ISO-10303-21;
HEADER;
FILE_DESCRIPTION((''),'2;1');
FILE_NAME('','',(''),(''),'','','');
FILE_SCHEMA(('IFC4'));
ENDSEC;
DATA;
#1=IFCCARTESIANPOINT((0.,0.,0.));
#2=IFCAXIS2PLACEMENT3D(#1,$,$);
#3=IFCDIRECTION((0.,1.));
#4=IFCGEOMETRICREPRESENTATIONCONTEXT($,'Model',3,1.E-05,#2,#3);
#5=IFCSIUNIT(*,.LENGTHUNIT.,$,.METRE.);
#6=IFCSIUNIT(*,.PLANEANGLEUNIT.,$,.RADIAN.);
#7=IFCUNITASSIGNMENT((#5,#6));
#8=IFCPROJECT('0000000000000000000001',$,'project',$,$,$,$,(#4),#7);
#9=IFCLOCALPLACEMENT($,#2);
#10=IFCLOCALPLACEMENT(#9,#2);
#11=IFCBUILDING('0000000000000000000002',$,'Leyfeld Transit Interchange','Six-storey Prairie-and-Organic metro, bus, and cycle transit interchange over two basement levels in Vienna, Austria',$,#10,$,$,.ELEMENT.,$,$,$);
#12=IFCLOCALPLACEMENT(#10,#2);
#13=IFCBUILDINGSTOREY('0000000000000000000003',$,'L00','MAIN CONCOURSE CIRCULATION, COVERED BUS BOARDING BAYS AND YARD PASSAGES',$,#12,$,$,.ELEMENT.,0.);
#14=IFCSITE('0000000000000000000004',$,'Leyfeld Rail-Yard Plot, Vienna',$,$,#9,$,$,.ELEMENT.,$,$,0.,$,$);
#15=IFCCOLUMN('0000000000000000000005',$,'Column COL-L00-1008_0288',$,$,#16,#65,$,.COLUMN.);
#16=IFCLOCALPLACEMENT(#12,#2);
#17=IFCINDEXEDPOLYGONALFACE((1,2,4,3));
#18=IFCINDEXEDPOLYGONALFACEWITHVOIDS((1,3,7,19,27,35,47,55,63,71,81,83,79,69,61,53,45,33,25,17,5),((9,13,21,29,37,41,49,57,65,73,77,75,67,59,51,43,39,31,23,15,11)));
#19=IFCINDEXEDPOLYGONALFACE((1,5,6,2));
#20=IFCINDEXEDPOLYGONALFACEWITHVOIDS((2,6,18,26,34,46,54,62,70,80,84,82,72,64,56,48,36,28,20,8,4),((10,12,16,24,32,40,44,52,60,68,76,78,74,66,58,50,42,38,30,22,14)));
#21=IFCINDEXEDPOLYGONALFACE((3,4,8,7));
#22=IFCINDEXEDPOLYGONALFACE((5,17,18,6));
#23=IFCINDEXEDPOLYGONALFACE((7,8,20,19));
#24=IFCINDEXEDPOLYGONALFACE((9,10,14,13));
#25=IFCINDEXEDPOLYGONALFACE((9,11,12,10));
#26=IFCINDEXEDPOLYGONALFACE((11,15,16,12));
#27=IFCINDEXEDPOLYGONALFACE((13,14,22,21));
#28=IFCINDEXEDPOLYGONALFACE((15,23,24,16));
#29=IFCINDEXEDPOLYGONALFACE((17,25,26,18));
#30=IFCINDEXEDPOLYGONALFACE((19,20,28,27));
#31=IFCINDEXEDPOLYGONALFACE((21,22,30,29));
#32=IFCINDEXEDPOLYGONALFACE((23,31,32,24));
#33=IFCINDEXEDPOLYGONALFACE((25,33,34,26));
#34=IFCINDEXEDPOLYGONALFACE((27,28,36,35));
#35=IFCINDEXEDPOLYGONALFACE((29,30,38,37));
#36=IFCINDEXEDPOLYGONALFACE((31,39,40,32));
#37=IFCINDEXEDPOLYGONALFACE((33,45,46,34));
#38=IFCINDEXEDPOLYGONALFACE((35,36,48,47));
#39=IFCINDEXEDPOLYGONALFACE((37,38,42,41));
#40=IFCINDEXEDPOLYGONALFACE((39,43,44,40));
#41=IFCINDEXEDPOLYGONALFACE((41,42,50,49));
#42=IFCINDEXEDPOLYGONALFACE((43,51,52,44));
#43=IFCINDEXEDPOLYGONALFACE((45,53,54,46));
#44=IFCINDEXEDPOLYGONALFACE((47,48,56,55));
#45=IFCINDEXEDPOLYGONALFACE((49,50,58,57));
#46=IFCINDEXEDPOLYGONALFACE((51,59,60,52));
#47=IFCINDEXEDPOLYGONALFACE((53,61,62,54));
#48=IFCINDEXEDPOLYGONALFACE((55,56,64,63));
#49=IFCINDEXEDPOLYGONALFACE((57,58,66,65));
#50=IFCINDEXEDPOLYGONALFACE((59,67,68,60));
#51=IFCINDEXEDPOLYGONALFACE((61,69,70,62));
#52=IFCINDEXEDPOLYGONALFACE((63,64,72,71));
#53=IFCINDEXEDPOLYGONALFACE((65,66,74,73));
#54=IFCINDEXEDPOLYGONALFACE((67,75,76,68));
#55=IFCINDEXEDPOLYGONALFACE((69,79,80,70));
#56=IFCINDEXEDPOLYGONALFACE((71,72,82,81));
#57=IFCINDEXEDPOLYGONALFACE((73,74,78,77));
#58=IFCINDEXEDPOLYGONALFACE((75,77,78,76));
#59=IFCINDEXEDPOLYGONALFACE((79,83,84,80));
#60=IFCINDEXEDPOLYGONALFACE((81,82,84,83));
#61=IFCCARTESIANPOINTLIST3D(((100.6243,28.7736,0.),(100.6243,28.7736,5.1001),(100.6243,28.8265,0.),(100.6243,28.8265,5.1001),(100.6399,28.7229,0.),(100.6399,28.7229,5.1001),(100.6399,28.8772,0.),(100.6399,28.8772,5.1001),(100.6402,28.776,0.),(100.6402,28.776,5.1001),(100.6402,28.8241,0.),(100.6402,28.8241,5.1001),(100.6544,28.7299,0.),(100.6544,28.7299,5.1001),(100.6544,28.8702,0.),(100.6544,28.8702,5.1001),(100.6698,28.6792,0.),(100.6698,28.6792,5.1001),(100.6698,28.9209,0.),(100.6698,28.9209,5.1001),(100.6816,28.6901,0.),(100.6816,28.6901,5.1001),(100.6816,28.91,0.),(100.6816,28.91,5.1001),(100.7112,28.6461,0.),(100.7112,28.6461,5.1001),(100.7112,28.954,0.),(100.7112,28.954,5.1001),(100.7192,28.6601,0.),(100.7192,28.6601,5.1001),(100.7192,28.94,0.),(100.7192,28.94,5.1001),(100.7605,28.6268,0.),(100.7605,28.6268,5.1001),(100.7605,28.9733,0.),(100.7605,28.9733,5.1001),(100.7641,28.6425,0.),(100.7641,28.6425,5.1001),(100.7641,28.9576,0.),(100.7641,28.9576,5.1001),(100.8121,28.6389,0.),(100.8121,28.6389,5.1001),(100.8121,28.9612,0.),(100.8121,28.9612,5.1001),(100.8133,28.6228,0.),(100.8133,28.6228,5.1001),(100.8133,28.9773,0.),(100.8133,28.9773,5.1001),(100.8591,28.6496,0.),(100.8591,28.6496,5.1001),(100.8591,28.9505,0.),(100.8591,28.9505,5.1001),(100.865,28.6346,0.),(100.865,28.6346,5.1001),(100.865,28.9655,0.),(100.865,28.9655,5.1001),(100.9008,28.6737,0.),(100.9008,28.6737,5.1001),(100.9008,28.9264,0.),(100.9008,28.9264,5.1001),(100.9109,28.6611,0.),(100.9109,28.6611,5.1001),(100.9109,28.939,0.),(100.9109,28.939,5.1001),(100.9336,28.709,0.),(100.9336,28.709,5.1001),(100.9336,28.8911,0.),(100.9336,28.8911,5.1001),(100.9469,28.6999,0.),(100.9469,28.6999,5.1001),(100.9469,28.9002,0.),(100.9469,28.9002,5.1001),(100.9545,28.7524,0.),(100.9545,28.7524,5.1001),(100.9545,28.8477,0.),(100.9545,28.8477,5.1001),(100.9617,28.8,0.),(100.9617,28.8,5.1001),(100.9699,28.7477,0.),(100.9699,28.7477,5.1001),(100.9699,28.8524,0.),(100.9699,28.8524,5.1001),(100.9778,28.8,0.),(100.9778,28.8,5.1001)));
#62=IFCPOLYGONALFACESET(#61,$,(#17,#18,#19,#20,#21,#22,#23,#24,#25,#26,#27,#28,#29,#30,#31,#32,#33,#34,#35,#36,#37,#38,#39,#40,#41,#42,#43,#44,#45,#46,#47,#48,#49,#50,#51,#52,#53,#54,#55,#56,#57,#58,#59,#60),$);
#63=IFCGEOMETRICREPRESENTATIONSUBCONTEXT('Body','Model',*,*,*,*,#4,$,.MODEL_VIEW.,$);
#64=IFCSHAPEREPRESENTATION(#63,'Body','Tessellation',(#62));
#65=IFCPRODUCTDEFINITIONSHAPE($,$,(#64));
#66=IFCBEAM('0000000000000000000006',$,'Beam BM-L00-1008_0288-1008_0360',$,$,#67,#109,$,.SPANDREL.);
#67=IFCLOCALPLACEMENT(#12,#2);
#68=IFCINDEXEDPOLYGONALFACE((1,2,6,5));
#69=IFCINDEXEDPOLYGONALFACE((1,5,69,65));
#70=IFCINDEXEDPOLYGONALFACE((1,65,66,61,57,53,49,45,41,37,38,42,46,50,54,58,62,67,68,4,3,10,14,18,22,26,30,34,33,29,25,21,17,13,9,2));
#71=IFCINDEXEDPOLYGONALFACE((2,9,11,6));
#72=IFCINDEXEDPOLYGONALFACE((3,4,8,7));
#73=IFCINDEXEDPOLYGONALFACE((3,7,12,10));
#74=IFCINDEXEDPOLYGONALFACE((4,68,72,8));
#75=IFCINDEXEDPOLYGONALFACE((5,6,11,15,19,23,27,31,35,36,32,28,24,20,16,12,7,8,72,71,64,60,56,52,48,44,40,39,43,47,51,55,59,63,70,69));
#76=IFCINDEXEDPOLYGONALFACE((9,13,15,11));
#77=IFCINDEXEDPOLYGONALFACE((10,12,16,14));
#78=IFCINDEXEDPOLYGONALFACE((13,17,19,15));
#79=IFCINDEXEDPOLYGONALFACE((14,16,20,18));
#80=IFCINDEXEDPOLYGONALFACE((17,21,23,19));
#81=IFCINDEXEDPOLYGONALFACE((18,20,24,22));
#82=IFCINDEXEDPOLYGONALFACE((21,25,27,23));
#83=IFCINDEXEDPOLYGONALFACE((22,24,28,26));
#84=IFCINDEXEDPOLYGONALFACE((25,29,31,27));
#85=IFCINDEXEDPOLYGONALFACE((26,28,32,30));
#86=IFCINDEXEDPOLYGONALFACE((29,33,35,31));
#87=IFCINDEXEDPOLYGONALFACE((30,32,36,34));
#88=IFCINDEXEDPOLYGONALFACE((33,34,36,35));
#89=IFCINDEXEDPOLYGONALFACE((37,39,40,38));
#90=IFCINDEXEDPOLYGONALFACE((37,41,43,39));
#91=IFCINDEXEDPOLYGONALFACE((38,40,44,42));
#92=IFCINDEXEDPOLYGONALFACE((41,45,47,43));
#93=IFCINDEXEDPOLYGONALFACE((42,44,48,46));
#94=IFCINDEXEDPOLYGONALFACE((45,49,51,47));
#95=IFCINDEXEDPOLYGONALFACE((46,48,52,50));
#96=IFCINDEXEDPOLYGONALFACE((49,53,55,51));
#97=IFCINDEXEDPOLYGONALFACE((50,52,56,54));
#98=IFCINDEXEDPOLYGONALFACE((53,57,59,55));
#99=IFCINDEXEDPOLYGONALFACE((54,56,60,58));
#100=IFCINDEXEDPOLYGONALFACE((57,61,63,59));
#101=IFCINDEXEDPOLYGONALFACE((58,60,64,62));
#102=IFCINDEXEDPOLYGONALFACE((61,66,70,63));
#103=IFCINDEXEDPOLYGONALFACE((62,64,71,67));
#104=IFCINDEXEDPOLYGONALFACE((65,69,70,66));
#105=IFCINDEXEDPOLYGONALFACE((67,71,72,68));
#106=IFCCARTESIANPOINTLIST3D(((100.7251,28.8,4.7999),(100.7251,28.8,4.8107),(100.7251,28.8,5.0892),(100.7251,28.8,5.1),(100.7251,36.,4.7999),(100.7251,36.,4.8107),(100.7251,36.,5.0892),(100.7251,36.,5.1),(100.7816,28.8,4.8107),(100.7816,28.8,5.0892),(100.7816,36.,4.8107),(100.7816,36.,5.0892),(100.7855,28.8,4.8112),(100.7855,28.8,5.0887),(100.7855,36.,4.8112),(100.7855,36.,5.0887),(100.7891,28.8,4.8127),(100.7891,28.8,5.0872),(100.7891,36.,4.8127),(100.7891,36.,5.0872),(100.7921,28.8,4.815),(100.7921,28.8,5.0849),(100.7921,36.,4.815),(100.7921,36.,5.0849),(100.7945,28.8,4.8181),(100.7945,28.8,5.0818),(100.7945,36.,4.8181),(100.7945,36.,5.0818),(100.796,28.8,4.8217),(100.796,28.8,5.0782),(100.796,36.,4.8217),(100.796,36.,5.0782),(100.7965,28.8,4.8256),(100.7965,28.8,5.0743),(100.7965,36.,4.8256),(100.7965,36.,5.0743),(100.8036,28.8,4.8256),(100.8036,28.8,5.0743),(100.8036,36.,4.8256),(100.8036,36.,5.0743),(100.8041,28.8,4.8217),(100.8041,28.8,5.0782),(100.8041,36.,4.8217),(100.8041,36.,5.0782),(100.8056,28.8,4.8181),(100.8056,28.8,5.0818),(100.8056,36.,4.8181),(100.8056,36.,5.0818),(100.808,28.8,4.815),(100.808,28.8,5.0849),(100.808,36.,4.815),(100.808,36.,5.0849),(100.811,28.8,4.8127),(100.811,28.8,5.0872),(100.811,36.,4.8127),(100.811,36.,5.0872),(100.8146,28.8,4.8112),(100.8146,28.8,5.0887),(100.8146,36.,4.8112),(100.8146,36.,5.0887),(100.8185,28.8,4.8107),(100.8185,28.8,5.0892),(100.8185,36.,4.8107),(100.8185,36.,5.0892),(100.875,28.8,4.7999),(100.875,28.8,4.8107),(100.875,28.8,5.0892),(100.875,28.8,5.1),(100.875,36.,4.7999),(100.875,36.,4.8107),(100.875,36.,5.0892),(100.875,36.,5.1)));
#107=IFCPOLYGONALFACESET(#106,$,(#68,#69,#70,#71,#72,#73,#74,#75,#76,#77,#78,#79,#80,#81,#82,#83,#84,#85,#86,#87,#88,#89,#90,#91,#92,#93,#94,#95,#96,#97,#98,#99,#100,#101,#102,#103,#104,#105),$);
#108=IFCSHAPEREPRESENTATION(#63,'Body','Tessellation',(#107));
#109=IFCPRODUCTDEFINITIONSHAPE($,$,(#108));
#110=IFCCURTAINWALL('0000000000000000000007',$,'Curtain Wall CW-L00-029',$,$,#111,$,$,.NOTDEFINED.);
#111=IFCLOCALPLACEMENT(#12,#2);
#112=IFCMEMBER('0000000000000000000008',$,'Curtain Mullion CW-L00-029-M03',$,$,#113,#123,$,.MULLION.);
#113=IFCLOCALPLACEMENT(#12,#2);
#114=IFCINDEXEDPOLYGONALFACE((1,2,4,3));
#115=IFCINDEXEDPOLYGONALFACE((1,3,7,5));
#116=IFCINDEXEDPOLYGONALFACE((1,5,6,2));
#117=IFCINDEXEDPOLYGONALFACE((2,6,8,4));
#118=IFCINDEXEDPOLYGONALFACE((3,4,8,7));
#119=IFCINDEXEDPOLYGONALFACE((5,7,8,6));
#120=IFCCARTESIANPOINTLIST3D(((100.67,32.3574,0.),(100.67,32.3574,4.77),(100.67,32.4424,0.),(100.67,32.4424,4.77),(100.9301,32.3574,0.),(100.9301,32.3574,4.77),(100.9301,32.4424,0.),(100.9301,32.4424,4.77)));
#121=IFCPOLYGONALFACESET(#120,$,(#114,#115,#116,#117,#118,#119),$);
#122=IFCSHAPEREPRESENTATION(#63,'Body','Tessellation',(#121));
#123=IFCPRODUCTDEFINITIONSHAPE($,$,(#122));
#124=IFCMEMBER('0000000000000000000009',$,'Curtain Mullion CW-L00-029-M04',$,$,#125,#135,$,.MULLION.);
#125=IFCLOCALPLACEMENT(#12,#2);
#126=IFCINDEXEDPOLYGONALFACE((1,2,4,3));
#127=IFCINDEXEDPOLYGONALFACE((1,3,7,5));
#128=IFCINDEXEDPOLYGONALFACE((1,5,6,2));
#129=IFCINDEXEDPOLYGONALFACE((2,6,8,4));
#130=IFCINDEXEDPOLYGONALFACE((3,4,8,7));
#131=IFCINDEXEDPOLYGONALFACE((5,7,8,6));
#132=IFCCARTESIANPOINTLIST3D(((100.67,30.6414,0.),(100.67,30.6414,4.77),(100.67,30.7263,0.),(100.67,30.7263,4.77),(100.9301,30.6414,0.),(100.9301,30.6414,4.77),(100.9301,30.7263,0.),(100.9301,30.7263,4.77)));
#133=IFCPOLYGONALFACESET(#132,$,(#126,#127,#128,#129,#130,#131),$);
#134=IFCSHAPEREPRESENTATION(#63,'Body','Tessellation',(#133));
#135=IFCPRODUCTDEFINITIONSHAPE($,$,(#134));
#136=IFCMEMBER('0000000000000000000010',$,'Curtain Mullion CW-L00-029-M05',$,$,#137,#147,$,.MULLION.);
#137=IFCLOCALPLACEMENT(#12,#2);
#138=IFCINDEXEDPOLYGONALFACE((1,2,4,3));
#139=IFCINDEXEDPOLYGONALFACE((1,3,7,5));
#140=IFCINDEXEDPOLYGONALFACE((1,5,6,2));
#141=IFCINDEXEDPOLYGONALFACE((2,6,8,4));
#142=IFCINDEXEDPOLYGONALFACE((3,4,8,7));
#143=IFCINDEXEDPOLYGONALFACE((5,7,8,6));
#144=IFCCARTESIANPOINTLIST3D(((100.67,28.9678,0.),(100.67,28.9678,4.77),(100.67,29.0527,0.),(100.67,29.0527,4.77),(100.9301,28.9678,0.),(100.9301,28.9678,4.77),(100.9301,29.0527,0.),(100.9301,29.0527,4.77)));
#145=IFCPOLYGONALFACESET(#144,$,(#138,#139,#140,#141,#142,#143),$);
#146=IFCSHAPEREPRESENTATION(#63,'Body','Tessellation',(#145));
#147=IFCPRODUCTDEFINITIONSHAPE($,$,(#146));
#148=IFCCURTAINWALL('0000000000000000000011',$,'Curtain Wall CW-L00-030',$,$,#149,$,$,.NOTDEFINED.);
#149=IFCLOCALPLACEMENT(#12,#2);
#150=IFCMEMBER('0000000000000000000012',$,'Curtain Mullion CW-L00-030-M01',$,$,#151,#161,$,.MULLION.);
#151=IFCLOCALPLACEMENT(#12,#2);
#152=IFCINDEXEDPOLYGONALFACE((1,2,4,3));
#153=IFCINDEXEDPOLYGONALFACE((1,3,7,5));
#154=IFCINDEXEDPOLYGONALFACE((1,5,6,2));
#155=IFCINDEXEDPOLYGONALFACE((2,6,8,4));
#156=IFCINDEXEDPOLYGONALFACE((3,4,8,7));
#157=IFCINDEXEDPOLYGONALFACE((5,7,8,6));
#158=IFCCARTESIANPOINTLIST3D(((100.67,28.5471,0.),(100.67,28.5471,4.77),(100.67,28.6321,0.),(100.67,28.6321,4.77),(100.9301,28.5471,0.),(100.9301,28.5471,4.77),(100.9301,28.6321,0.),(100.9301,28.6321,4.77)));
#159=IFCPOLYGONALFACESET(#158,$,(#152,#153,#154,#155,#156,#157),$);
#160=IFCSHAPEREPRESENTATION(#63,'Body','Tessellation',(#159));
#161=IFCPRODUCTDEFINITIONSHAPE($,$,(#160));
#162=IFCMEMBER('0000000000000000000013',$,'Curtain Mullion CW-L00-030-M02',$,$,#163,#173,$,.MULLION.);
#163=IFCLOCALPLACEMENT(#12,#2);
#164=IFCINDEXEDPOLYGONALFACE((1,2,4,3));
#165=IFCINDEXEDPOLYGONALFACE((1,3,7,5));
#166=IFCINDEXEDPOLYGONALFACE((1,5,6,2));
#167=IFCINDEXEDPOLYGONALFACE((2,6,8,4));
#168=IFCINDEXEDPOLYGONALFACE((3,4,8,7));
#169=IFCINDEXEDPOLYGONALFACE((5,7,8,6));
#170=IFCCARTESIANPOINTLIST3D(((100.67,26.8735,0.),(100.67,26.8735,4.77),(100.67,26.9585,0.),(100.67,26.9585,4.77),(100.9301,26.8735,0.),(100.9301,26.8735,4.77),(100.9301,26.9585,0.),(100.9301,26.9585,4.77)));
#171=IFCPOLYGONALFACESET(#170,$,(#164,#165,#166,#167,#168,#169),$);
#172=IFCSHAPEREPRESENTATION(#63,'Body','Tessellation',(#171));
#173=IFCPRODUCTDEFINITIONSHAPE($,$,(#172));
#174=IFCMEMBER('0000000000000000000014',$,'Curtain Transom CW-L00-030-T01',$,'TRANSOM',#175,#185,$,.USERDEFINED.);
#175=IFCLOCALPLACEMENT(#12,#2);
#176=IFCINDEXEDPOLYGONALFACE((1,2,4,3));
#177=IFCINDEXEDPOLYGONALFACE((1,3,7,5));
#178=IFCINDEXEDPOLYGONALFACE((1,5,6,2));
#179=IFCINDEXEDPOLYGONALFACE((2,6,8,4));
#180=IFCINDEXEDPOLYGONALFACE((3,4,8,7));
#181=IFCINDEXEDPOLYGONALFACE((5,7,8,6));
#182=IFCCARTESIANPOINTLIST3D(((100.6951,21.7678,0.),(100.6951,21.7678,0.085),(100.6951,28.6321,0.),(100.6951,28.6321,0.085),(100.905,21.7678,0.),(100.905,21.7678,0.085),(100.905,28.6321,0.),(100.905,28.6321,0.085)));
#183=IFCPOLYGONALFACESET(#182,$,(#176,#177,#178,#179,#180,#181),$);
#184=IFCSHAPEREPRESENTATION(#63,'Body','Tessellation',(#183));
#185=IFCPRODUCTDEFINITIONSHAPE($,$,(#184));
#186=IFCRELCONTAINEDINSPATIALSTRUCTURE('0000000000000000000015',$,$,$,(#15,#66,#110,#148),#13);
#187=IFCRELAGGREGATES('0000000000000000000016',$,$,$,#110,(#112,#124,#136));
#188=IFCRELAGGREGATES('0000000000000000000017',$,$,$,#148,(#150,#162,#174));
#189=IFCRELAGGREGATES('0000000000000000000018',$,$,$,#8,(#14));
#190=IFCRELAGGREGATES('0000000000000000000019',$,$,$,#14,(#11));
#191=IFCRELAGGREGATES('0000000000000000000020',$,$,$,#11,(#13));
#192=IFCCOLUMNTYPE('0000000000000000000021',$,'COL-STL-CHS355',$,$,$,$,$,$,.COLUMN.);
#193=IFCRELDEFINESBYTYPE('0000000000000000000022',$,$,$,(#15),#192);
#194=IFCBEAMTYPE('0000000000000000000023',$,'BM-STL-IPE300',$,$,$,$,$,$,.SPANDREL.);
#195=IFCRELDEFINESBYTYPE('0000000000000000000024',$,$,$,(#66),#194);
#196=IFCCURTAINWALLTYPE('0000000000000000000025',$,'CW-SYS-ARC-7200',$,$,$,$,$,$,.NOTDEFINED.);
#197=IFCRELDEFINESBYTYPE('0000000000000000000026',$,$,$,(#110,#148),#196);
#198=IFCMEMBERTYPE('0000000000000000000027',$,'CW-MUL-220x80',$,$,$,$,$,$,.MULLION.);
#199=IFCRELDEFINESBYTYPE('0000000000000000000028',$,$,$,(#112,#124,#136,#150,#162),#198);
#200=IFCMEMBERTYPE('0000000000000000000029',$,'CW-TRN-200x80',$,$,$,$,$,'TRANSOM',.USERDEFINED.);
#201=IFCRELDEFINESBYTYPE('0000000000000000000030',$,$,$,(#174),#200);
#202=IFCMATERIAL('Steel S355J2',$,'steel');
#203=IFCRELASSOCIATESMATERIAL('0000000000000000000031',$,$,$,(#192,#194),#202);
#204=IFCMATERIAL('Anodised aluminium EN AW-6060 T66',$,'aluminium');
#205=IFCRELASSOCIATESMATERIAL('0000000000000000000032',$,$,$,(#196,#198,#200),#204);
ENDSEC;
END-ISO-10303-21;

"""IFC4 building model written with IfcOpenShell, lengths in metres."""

from ifc_helpers import new_model, si_unit, direction, frame, origin, origin_2d, place, context, subcontext, project, spatial, rectangle, hollow_circle, i_section, extrude, material, material_profile, profile_set, type_object, element, aggregate, save


model = new_model("IFC4")

# Units and contexts
model_context = context("Model", 3, precision=1e-05, world=origin(), true_north=direction((0.0, 1.0)))
body_context = subcontext(model_context, "Body", "Model", "MODEL_VIEW")
ifc_project = project(units=[si_unit("LENGTHUNIT", "METRE"), si_unit("PLANEANGLEUNIT", "RADIAN")], contexts=[model_context])

# Site, building, storey
site_placement = place(None, origin())
site = spatial("IfcSite", under=ifc_project, at=site_placement, Name="Leyfeld Rail-Yard Plot, Vienna", CompositionType="ELEMENT", RefElevation=0.0)
building_placement = place(site_placement, origin())
building = spatial("IfcBuilding", under=site, at=building_placement, Name="Leyfeld Transit Interchange", Description="Six-storey Prairie-and-Organic metro, bus, and cycle transit interchange over two basement levels in Vienna, Austria", CompositionType="ELEMENT")
storey_placement = place(building_placement, origin())
storey = spatial("IfcBuildingStorey", under=building, at=storey_placement, Name="L00", Description="MAIN CONCOURSE CIRCULATION, COVERED BUS BOARDING BAYS AND YARD PASSAGES", CompositionType="ELEMENT", Elevation=0.0)

# Column
ifc_material_1 = material(Name="Steel S355J2", Category="steel")
ifc_material_profile_1 = material_profile(ifc_material_1, hollow_circle(Radius=0.1777, WallThickness=0.0161, at=origin_2d()), Name="CHS 355.6x16")
ifc_profile_set_1 = profile_set([ifc_material_profile_1], Name="Steel S355J2")
column_type = type_object("IfcColumnType", Name="COL-STL-CHS355", PredefinedType="COLUMN", material=ifc_profile_set_1)
column_placement = place(storey_placement, frame((100.8, 28.8, 0.0), z_axis=(0.0, 0.0, 1.0), x_axis=(1.0, 0.0, 0.0)))
element("IfcColumn", 1, at=column_placement, inside=storey, type_object=column_type, Name="Column COL-L00-1008_0288", PredefinedType="COLUMN", context=body_context, shape_type="SweptSolid", body=[
    extrude(hollow_circle(Radius=0.1777, WallThickness=0.0161, at=origin_2d()), origin(), (0.0, 0.0, 1.0), 5.1001),
])

# Beam
ifc_material_profile_2 = material_profile(ifc_material_1, i_section(OverallWidth=0.1499, OverallDepth=0.3, WebThickness=0.0071, FlangeThickness=0.0107, FilletRadius=0.0149, at=origin_2d()), Name="IPE 300")
ifc_profile_set_2 = profile_set([ifc_material_profile_2], Name="Steel S355J2")
beam_type = type_object("IfcBeamType", Name="BM-STL-IPE300", PredefinedType="SPANDREL", material=ifc_profile_set_2)
beam_placement = place(storey_placement, frame((100.8, 28.8, 4.95), z_axis=(0.0, 1.0, 0.0), x_axis=(-1.0, 0.0, 0.0)))
element("IfcBeam", 2, at=beam_placement, inside=storey, type_object=beam_type, Name="Beam BM-L00-1008_0288-1008_0360", PredefinedType="SPANDREL", context=body_context, shape_type="SweptSolid", body=[
    extrude(i_section(OverallWidth=0.1499, OverallDepth=0.3, WebThickness=0.0071, FlangeThickness=0.0107, FilletRadius=0.0149, at=origin_2d()), origin(), (0.0, 0.0, 1.0), 7.2),
])

# Curtain walls, members
ifc_material_2 = material(Name="Anodised aluminium EN AW-6060 T66", Category="aluminium")
curtain_wall_type = type_object("IfcCurtainWallType", Name="CW-SYS-ARC-7200", PredefinedType="NOTDEFINED", material=ifc_material_2)
curtain_wall_1_placement = place(storey_placement, origin())
curtain_wall_1 = element("IfcCurtainWall", 3, at=curtain_wall_1_placement, inside=storey, type_object=curtain_wall_type, Name="Curtain Wall CW-L00-029", PredefinedType="NOTDEFINED")
ifc_material_profile_3 = material_profile(ifc_material_2, rectangle(XDim=0.085, YDim=0.26, at=origin_2d()), Name="CW-M 85x260")
ifc_profile_set_3 = profile_set([ifc_material_profile_3], Name="Anodised aluminium EN AW-6060 T66")
member_type_1 = type_object("IfcMemberType", Name="CW-MUL-220x80", PredefinedType="MULLION", material=ifc_profile_set_3)
member_1_placement = place(storey_placement, frame((100.8, 32.3999, 0.0), z_axis=(0.0, 0.0, 1.0), x_axis=(0.0, -1.0, 0.0)))
member_1 = element("IfcMember", 4, at=member_1_placement, type_object=member_type_1, Name="Curtain Mullion CW-L00-029-M03", PredefinedType="MULLION", context=body_context, shape_type="SweptSolid", body=[
    extrude(rectangle(XDim=0.085, YDim=0.26, at=origin_2d()), origin(), (0.0, 0.0, 1.0), 4.77),
])
member_2_placement = place(storey_placement, frame((100.8, 30.6838, 0.0), z_axis=(0.0, 0.0, 1.0), x_axis=(0.0, -1.0, 0.0)))
member_2 = element("IfcMember", 5, at=member_2_placement, type_object=member_type_1, Name="Curtain Mullion CW-L00-029-M04", PredefinedType="MULLION", context=body_context, shape_type="SweptSolid", body=[
    extrude(rectangle(XDim=0.085, YDim=0.26, at=origin_2d()), origin(), (0.0, 0.0, 1.0), 4.77),
])
member_3_placement = place(storey_placement, frame((100.8, 29.0103, 0.0), z_axis=(0.0, 0.0, 1.0), x_axis=(0.0, -1.0, 0.0)))
member_3 = element("IfcMember", 6, at=member_3_placement, type_object=member_type_1, Name="Curtain Mullion CW-L00-029-M05", PredefinedType="MULLION", context=body_context, shape_type="SweptSolid", body=[
    extrude(rectangle(XDim=0.085, YDim=0.26, at=origin_2d()), origin(), (0.0, 0.0, 1.0), 4.77),
])
curtain_wall_2_placement = place(storey_placement, origin())
curtain_wall_2 = element("IfcCurtainWall", 7, at=curtain_wall_2_placement, inside=storey, type_object=curtain_wall_type, Name="Curtain Wall CW-L00-030", PredefinedType="NOTDEFINED")
member_4_placement = place(storey_placement, frame((100.8, 28.5896, 0.0), z_axis=(0.0, 0.0, 1.0), x_axis=(0.0, -1.0, 0.0)))
member_4 = element("IfcMember", 8, at=member_4_placement, type_object=member_type_1, Name="Curtain Mullion CW-L00-030-M01", PredefinedType="MULLION", context=body_context, shape_type="SweptSolid", body=[
    extrude(rectangle(XDim=0.085, YDim=0.26, at=origin_2d()), origin(), (0.0, 0.0, 1.0), 4.77),
])
member_5_placement = place(storey_placement, frame((100.8, 26.916, 0.0), z_axis=(0.0, 0.0, 1.0), x_axis=(0.0, -1.0, 0.0)))
member_5 = element("IfcMember", 9, at=member_5_placement, type_object=member_type_1, Name="Curtain Mullion CW-L00-030-M02", PredefinedType="MULLION", context=body_context, shape_type="SweptSolid", body=[
    extrude(rectangle(XDim=0.085, YDim=0.26, at=origin_2d()), origin(), (0.0, 0.0, 1.0), 4.77),
])
ifc_material_profile_4 = material_profile(ifc_material_2, rectangle(XDim=0.21, YDim=0.085, at=origin_2d()), Name="CW-TRN-200x80")
ifc_profile_set_4 = profile_set([ifc_material_profile_4], Name="Anodised aluminium EN AW-6060 T66")
member_type_2 = type_object("IfcMemberType", Name="CW-TRN-200x80", ElementType="TRANSOM", PredefinedType="USERDEFINED", material=ifc_profile_set_4)
member_6_placement = place(storey_placement, frame((100.8, 28.6321, 0.0425), z_axis=(0.0, -1.0, 0.0), x_axis=(1.0, 0.0, 0.0)))
member_6 = element("IfcMember", 10, at=member_6_placement, type_object=member_type_2, Name="Curtain Transom CW-L00-030-T01", ObjectType="TRANSOM", PredefinedType="USERDEFINED", context=body_context, shape_type="SweptSolid", body=[
    extrude(rectangle(XDim=0.21, YDim=0.085, at=origin_2d()), origin(), (0.0, 0.0, 1.0), 6.8643),
])

aggregate(curtain_wall_1, [member_1, member_2, member_3])
aggregate(curtain_wall_2, [member_4, member_5, member_6])

save(model, "model.ifc")
